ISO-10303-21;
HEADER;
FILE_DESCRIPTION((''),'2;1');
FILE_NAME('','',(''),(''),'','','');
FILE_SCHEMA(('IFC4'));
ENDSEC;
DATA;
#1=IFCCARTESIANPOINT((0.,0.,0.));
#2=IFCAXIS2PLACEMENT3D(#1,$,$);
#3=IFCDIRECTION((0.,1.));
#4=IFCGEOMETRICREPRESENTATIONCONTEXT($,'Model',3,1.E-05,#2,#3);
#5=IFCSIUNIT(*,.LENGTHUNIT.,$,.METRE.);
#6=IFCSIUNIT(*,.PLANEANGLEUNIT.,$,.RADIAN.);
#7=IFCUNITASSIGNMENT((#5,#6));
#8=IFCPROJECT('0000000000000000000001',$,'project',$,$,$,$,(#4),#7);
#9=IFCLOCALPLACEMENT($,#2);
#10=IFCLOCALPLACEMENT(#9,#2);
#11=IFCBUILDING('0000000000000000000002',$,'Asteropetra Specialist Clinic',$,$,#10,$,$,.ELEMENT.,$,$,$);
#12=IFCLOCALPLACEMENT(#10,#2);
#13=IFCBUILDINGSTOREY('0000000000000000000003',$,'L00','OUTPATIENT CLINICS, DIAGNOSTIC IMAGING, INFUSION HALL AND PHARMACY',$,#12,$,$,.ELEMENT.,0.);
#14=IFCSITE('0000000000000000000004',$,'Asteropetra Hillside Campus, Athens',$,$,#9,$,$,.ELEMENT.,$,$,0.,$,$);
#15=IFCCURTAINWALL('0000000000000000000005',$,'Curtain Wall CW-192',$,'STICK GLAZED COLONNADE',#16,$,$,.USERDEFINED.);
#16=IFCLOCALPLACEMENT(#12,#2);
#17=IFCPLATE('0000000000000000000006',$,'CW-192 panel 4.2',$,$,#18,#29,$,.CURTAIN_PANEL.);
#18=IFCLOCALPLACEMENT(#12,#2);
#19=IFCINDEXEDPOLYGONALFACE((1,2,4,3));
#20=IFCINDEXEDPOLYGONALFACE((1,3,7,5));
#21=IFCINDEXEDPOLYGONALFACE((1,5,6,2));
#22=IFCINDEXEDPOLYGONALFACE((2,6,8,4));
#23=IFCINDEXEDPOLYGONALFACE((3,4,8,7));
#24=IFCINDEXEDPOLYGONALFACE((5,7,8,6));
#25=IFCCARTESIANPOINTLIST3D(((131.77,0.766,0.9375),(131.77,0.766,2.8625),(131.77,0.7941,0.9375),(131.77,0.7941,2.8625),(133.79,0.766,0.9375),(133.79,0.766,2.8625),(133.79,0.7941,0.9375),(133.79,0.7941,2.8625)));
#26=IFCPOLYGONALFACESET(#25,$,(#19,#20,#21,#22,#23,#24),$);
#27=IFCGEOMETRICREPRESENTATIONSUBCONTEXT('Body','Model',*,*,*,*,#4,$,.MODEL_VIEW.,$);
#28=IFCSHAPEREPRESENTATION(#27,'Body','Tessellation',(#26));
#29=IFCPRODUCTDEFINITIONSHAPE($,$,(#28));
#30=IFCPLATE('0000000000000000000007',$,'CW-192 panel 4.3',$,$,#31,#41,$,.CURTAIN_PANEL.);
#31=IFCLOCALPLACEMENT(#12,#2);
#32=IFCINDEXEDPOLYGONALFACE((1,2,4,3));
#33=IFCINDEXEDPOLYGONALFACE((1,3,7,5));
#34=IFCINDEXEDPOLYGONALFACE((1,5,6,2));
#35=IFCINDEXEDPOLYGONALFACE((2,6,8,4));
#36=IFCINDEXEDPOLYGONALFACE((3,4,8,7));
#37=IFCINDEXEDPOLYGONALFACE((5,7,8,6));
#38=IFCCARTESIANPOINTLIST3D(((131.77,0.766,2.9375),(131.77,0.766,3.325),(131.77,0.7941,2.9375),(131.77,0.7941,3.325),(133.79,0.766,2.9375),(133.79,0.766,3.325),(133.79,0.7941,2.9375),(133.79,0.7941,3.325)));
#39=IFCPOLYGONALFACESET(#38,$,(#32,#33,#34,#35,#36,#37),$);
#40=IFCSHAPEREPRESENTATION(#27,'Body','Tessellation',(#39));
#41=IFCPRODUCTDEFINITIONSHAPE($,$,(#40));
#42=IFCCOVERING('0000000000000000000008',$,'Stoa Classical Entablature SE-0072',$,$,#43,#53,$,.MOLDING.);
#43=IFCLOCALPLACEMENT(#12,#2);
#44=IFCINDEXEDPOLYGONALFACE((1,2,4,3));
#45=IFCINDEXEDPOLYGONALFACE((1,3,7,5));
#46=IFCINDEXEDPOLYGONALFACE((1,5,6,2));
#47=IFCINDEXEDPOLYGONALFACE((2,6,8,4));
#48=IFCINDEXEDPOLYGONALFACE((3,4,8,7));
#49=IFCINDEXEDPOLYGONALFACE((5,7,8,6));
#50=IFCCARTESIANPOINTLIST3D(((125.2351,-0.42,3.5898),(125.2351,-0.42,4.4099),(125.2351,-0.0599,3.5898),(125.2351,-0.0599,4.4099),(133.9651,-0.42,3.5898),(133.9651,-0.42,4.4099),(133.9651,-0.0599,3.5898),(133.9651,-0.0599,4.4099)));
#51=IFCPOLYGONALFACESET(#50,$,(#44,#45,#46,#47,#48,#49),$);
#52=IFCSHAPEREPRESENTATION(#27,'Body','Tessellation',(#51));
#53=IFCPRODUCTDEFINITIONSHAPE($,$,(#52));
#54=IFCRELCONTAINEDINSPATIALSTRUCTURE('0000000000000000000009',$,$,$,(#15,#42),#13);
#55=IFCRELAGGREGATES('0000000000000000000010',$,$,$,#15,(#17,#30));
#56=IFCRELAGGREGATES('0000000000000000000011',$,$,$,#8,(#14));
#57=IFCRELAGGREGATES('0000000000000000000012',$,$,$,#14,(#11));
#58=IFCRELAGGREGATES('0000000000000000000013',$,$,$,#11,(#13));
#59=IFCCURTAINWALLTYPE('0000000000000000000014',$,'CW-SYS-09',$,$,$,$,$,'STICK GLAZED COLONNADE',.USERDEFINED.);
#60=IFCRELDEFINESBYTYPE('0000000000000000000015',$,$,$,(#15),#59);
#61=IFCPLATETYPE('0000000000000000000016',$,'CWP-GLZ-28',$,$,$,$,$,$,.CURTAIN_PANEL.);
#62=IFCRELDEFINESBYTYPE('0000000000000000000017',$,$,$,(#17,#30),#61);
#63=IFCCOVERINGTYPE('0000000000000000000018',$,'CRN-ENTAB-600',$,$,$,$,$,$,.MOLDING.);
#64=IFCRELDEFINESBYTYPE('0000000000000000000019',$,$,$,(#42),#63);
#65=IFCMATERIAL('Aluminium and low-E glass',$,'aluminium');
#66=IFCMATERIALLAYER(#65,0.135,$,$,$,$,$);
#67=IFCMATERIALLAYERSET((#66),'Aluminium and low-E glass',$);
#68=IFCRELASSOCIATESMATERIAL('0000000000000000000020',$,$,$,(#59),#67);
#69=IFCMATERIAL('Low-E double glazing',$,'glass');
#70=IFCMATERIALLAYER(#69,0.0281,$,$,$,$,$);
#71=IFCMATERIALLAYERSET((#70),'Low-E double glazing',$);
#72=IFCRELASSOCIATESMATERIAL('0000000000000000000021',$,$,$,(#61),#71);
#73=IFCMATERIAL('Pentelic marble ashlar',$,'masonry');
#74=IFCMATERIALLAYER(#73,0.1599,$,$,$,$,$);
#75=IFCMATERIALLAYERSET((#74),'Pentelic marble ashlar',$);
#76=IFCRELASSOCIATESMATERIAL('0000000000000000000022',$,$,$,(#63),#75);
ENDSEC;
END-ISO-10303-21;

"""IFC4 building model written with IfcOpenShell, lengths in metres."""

from ifc_helpers import new_model, si_unit, direction, frame, origin, origin_2d, place, context, subcontext, project, spatial, rectangle, extrude, material, layer, layer_set, type_object, element, aggregate, save


model = new_model("IFC4")

# Units and contexts
model_context = context("Model", 3, precision=1e-05, world=origin(), true_north=direction((0.0, 1.0)))
body_context = subcontext(model_context, "Body", "Model", "MODEL_VIEW")
ifc_project = project(units=[si_unit("LENGTHUNIT", "METRE"), si_unit("PLANEANGLEUNIT", "RADIAN")], contexts=[model_context])

# Site, building, storey
site_placement = place(None, origin())
site = spatial("IfcSite", under=ifc_project, at=site_placement, Name="Asteropetra Hillside Campus, Athens", CompositionType="ELEMENT", RefElevation=0.0)
building_placement = place(site_placement, origin())
building = spatial("IfcBuilding", under=site, at=building_placement, Name="Asteropetra Specialist Clinic", CompositionType="ELEMENT")
storey_placement = place(building_placement, origin())
storey = spatial("IfcBuildingStorey", under=building, at=storey_placement, Name="L00", Description="OUTPATIENT CLINICS, DIAGNOSTIC IMAGING, INFUSION HALL AND PHARMACY", CompositionType="ELEMENT", Elevation=0.0)

# Curtain wall, plates
ifc_material_1 = material(Name="Aluminium and low-E glass", Category="aluminium")
ifc_layer_1 = layer(ifc_material_1, 0.135)
ifc_layer_set_1 = layer_set([ifc_layer_1], Name="Aluminium and low-E glass")
curtain_wall_type = type_object("IfcCurtainWallType", Name="CW-SYS-09", ElementType="STICK GLAZED COLONNADE", PredefinedType="USERDEFINED", material=ifc_layer_set_1)
curtain_wall_placement = place(storey_placement, origin())
curtain_wall = element("IfcCurtainWall", 1, at=curtain_wall_placement, inside=storey, type_object=curtain_wall_type, Name="Curtain Wall CW-192", ObjectType="STICK GLAZED COLONNADE", PredefinedType="USERDEFINED")
ifc_material_2 = material(Name="Low-E double glazing", Category="glass")
ifc_layer_2 = layer(ifc_material_2, 0.0281)
ifc_layer_set_2 = layer_set([ifc_layer_2], Name="Low-E double glazing")
plate_type = type_object("IfcPlateType", Name="CWP-GLZ-28", PredefinedType="CURTAIN_PANEL", material=ifc_layer_set_2)
plate_1_placement = place(storey_placement, frame((132.78, 0.78, 0.9375), z_axis=(0.0, 0.0, 1.0), x_axis=(1.0, 0.0, 0.0)))
plate_1 = element("IfcPlate", 2, at=plate_1_placement, type_object=plate_type, Name="CW-192 panel 4.2", PredefinedType="CURTAIN_PANEL", context=body_context, shape_type="SweptSolid", body=[
    extrude(rectangle(XDim=2.02, YDim=0.0281, at=origin_2d()), origin(), (0.0, 0.0, 1.0), 1.925),
])
plate_2_placement = place(storey_placement, frame((132.78, 0.78, 2.9375), z_axis=(0.0, 0.0, 1.0), x_axis=(1.0, 0.0, 0.0)))
plate_2 = element("IfcPlate", 3, at=plate_2_placement, type_object=plate_type, Name="CW-192 panel 4.3", PredefinedType="CURTAIN_PANEL", context=body_context, shape_type="SweptSolid", body=[
    extrude(rectangle(XDim=2.02, YDim=0.0281, at=origin_2d()), origin(), (0.0, 0.0, 1.0), 0.3875),
])
aggregate(curtain_wall, [plate_1, plate_2])

# Covering
ifc_material_3 = material(Name="Pentelic marble ashlar", Category="masonry")
ifc_layer_3 = layer(ifc_material_3, 0.1599)
ifc_layer_set_3 = layer_set([ifc_layer_3], Name="Pentelic marble ashlar")
covering_type = type_object("IfcCoveringType", Name="CRN-ENTAB-600", PredefinedType="MOLDING", material=ifc_layer_set_3)
covering_placement = place(storey_placement, frame((129.6001, -0.24, 3.5898), z_axis=(0.0, 0.0, 1.0), x_axis=(1.0, 0.0, 0.0)))
element("IfcCovering", 4, at=covering_placement, inside=storey, type_object=covering_type, Name="Stoa Classical Entablature SE-0072", PredefinedType="MOLDING", context=body_context, shape_type="SweptSolid", body=[
    extrude(rectangle(XDim=8.73, YDim=0.3601, at=origin_2d()), origin(), (0.0, 0.0, 1.0), 0.8201),
])

save(model, "model.ifc")
